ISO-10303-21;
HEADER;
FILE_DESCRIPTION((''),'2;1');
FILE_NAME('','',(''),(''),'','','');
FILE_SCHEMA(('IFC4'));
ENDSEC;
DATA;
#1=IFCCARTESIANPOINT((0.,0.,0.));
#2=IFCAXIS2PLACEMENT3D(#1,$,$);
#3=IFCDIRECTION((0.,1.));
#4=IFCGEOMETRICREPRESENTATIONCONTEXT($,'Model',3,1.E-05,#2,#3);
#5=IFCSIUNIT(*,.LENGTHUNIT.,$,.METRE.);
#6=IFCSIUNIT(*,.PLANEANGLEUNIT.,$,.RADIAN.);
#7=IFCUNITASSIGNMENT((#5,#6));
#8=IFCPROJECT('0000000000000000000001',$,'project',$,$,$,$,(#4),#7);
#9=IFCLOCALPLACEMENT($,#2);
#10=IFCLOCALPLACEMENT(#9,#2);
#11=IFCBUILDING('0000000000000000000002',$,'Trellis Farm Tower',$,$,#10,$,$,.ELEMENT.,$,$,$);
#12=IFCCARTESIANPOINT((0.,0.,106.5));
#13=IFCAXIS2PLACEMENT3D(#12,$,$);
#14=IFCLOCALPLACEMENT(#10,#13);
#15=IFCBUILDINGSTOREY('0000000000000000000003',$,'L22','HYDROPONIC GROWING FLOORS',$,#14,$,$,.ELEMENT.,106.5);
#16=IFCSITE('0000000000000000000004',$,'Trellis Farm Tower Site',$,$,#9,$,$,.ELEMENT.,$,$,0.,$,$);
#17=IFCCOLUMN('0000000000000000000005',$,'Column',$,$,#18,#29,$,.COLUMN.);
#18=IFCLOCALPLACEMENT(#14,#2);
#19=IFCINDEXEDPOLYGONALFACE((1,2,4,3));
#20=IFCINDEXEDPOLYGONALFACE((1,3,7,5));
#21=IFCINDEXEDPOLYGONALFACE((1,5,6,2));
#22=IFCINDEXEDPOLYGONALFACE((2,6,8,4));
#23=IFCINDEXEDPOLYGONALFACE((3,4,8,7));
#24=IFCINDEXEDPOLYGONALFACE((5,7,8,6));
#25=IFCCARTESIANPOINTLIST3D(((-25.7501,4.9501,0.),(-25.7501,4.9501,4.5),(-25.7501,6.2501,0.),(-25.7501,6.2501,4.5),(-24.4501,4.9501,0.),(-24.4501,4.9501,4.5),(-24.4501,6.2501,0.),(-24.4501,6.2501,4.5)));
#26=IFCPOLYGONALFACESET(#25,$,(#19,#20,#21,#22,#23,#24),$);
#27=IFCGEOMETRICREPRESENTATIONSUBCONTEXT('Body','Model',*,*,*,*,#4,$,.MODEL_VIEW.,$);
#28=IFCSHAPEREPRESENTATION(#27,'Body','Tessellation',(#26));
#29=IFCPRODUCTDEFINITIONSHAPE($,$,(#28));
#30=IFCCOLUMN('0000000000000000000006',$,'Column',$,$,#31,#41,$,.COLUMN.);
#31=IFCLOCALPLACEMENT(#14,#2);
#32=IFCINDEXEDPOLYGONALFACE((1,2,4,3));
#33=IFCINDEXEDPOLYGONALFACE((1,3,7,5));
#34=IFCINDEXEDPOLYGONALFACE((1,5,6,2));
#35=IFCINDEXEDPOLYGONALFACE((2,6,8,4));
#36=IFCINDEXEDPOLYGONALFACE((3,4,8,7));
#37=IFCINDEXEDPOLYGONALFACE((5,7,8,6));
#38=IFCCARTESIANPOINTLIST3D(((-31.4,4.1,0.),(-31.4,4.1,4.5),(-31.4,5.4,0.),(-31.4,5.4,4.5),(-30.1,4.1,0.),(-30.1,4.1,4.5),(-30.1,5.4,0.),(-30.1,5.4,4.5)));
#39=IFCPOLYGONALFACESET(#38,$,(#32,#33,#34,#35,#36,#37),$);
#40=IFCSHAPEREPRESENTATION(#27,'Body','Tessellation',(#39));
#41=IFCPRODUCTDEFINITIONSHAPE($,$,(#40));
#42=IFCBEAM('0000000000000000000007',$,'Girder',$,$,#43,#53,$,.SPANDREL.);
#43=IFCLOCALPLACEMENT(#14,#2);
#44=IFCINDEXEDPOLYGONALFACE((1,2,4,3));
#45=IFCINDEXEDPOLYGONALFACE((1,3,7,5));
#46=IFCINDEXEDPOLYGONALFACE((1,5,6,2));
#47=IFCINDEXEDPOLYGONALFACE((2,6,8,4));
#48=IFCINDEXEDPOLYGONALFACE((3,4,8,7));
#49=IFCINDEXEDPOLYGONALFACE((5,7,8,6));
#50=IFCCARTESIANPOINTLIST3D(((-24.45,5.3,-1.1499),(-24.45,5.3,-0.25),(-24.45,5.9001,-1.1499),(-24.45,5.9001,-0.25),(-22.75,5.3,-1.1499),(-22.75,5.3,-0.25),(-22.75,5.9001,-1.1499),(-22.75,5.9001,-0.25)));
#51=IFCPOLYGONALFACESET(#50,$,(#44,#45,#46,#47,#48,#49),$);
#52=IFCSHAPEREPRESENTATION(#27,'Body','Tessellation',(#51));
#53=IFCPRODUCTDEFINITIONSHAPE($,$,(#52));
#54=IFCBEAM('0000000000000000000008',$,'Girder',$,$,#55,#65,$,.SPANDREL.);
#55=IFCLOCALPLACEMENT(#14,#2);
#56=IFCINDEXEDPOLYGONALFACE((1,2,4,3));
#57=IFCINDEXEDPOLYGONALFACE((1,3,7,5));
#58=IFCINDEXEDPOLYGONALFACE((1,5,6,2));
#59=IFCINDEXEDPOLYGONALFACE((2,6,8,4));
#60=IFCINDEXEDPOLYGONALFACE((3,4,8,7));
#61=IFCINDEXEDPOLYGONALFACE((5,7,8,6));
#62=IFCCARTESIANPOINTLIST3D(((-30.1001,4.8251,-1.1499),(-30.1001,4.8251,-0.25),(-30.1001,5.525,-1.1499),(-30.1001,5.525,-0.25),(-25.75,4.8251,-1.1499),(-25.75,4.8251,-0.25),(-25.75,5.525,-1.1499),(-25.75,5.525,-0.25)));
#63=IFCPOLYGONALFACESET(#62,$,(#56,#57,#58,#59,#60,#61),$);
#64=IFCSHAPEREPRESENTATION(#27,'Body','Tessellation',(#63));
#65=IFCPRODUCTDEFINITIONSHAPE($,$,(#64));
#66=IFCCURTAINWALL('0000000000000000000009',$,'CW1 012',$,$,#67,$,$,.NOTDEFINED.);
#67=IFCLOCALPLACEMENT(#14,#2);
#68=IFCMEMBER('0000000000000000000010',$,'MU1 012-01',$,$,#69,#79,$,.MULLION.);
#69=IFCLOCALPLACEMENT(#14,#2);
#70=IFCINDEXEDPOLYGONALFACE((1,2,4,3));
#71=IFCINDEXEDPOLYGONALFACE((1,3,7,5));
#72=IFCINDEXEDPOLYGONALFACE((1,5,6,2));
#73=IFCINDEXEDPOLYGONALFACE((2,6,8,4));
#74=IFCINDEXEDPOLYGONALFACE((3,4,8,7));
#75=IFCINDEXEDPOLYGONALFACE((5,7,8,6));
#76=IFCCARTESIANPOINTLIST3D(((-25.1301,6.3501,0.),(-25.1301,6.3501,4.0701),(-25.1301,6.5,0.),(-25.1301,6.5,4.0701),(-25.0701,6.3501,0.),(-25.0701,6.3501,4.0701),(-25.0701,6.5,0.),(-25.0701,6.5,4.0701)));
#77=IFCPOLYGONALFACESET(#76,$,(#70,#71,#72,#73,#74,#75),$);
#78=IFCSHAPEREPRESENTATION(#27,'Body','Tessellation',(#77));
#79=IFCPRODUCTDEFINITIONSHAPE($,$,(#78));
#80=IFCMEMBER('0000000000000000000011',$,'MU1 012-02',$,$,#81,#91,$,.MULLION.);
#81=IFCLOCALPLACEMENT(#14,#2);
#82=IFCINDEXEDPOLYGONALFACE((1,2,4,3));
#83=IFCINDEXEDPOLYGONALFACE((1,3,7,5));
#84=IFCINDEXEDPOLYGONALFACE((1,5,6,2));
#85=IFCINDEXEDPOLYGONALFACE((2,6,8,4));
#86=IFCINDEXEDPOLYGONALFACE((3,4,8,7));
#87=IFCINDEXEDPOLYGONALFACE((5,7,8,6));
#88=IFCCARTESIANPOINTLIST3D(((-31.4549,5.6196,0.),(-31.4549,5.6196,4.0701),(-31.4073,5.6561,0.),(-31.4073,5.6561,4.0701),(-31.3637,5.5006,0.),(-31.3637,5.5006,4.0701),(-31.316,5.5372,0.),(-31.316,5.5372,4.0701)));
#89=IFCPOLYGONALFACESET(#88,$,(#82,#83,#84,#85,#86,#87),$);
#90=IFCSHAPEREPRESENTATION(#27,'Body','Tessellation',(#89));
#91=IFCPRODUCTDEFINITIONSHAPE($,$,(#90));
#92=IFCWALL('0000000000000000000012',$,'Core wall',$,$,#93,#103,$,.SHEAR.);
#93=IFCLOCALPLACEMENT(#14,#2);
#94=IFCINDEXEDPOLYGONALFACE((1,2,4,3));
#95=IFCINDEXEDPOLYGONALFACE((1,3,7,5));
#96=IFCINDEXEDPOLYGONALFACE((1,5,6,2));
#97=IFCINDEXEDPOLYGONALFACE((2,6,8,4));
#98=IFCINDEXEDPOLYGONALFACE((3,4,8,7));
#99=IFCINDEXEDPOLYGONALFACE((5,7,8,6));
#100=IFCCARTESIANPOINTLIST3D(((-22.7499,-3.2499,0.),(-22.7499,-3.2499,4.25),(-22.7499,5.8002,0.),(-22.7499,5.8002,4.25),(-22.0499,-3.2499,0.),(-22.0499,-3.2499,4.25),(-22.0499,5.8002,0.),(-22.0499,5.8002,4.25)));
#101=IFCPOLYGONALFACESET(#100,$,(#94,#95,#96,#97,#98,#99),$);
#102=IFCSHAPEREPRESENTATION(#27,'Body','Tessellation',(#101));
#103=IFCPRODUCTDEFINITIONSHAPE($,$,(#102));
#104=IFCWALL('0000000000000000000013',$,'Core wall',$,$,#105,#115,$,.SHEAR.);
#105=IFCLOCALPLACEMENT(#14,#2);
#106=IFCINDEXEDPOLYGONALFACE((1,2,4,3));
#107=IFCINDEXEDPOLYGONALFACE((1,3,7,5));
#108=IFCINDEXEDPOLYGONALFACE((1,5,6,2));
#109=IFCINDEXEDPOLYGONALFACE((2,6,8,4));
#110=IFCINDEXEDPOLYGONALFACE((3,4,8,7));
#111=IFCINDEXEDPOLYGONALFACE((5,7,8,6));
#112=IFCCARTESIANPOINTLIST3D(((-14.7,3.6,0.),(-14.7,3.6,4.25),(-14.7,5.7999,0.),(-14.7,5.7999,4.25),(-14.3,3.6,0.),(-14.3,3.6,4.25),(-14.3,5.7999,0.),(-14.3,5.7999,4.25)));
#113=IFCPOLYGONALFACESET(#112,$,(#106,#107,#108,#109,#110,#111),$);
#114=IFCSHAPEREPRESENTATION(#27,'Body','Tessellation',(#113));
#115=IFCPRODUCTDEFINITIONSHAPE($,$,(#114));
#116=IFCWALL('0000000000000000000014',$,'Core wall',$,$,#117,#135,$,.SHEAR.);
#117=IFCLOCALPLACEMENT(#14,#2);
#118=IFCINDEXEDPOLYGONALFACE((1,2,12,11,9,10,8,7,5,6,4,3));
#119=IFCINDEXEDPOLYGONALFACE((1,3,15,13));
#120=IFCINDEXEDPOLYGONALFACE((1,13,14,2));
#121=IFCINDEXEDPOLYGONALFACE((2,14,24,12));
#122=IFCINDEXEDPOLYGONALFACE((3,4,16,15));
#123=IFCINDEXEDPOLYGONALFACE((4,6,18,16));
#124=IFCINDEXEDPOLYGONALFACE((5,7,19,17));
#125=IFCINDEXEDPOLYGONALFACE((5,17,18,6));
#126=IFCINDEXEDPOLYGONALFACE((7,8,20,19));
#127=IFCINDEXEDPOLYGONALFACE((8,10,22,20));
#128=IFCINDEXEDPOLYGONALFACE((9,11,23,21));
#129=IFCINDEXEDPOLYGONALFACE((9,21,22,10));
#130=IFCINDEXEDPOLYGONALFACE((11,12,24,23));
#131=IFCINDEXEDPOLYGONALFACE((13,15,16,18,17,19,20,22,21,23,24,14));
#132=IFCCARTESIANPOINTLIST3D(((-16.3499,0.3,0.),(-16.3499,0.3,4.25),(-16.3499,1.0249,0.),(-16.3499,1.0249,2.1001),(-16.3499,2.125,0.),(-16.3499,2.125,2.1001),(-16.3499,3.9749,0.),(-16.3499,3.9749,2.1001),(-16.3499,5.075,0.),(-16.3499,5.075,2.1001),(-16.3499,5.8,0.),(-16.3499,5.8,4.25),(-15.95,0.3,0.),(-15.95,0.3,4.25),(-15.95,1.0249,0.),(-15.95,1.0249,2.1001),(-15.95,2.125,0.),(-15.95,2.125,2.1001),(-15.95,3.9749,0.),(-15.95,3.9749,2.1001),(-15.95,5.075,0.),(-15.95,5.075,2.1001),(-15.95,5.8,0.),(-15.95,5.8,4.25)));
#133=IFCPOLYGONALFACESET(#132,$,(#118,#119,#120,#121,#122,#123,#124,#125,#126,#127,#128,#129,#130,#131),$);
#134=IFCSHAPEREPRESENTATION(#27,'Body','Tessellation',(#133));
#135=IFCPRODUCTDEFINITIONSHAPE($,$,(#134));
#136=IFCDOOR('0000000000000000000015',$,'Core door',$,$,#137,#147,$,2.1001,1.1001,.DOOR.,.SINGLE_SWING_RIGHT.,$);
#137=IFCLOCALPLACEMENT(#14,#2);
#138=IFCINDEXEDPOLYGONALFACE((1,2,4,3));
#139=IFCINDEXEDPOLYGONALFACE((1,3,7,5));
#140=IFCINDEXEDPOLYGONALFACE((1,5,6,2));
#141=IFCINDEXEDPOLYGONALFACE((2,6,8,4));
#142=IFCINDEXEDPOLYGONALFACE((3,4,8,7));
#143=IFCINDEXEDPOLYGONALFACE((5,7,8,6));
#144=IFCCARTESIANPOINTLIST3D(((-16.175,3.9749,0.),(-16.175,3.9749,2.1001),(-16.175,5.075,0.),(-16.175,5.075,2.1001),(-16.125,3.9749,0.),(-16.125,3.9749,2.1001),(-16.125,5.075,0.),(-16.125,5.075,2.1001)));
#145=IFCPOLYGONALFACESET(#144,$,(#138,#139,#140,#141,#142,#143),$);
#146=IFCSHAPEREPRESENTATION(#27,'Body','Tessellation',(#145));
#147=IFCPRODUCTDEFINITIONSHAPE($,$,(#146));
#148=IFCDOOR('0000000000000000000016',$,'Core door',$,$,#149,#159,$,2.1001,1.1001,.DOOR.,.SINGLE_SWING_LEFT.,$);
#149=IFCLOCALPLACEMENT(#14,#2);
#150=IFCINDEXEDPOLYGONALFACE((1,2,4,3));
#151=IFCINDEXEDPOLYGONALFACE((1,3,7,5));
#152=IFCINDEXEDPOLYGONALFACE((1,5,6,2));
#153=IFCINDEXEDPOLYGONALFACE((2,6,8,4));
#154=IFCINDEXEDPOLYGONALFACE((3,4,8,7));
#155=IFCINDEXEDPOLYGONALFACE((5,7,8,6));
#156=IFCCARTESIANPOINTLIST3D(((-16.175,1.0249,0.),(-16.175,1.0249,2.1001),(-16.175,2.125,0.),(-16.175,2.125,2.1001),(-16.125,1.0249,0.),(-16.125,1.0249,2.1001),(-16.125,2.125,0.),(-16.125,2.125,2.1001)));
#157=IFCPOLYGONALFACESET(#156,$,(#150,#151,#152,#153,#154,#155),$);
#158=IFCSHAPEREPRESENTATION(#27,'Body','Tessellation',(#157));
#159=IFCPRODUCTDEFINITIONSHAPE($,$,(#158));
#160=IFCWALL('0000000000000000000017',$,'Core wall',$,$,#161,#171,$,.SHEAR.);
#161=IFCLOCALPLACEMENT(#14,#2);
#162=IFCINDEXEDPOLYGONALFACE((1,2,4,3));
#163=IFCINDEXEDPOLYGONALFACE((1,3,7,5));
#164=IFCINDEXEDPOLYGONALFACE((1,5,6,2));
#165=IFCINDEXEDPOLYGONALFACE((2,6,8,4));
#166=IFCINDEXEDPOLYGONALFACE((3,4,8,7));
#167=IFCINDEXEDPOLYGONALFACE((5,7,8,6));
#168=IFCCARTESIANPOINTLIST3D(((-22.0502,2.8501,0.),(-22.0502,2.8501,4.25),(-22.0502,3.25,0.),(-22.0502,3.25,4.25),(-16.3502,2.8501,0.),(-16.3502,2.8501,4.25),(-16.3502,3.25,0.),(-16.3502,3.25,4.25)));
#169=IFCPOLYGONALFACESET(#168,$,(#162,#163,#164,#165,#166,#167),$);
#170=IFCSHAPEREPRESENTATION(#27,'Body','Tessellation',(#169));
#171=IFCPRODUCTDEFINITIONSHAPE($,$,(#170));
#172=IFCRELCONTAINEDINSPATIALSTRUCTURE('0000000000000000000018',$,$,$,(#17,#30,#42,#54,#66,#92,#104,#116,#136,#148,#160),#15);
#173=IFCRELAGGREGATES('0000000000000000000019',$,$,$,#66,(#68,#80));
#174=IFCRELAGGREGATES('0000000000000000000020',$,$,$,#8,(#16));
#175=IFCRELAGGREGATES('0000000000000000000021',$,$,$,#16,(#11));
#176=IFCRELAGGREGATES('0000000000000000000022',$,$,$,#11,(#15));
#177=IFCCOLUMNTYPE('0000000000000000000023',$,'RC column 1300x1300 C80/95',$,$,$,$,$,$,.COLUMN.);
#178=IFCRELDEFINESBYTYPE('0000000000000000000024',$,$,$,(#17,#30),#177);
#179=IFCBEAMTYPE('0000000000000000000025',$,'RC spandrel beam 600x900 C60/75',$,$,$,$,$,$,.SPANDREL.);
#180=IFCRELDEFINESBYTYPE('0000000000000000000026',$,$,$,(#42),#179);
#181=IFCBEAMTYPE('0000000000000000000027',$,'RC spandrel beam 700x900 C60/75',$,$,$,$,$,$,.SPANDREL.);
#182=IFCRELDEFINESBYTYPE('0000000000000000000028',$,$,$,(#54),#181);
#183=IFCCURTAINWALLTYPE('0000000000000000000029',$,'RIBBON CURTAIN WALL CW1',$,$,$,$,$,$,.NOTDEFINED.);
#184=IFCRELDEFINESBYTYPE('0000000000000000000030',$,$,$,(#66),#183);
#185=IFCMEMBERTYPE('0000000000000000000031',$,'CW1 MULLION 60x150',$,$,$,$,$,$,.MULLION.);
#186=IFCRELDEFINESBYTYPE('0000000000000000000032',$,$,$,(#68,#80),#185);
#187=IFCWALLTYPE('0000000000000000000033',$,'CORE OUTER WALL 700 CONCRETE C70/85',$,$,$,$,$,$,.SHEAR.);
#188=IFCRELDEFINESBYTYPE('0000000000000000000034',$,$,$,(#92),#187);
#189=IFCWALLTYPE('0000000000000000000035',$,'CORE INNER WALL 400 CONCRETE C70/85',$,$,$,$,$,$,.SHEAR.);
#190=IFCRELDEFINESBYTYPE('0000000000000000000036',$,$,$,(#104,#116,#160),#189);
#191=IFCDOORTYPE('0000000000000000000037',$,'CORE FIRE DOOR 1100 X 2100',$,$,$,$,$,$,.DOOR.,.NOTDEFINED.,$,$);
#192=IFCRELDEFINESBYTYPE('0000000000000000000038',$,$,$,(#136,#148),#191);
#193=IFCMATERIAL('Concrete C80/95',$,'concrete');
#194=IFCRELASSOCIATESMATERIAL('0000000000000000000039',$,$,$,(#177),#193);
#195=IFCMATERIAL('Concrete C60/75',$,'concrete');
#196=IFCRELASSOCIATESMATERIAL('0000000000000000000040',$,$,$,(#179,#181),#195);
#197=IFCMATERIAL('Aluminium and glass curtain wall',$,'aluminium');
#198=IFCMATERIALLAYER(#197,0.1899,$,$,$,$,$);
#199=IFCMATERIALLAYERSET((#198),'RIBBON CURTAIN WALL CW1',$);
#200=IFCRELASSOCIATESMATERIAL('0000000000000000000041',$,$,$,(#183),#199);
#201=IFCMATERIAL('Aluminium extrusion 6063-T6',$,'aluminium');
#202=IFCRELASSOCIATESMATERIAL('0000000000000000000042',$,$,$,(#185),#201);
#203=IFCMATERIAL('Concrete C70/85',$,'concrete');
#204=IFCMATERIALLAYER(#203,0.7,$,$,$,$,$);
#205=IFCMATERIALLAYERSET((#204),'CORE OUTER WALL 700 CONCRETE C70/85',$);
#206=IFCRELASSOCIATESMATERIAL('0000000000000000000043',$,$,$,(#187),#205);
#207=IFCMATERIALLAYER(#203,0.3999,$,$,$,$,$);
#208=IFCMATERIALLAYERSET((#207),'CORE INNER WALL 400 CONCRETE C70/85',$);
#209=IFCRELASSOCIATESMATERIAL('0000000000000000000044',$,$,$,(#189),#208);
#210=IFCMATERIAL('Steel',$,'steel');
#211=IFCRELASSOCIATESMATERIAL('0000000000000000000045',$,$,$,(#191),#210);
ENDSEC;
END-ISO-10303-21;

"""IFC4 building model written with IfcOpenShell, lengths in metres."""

from ifc_helpers import new_model, si_unit, direction, frame, frame_2d, origin, origin_2d, place, context, subcontext, project, spatial, rectangle, extrude, source, transform, mapped, material, layer, layer_set, material_profile, profile_set, type_object, element, fill, aggregate, save


model = new_model("IFC4")

# Units and contexts
model_context = context("Model", 3, precision=1e-05, world=origin(), true_north=direction((0.0, 1.0)))
body_context = subcontext(model_context, "Body", "Model", "MODEL_VIEW")
ifc_project = project(units=[si_unit("LENGTHUNIT", "METRE"), si_unit("PLANEANGLEUNIT", "RADIAN")], contexts=[model_context])

# Site, building, storey
site_placement = place(None, origin())
site = spatial("IfcSite", under=ifc_project, at=site_placement, Name="Trellis Farm Tower Site", CompositionType="ELEMENT", RefElevation=0.0)
building_placement = place(site_placement, origin())
building = spatial("IfcBuilding", under=site, at=building_placement, Name="Trellis Farm Tower", CompositionType="ELEMENT")
storey_placement = place(building_placement, frame((0.0, 0.0, 106.5)))
storey = spatial("IfcBuildingStorey", under=building, at=storey_placement, Name="L22", Description="HYDROPONIC GROWING FLOORS", CompositionType="ELEMENT", Elevation=106.5)

# Columns
ifc_material_1 = material(Name="Concrete C80/95", Category="concrete")
ifc_material_profile_1 = material_profile(ifc_material_1, rectangle(XDim=1.3, YDim=1.3, at=origin_2d()), Name="RC column 1300x1300 C80/95")
ifc_profile_set_1 = profile_set([ifc_material_profile_1], Name="Concrete C80/95")
column_type = type_object("IfcColumnType", Name="RC column 1300x1300 C80/95", PredefinedType="COLUMN", material=ifc_profile_set_1)
shared_shape_1 = source(origin(), body_context, "Body", "SweptSolid", [
    extrude(rectangle(XDim=1.3, YDim=1.3, at=origin_2d()), origin(), (0.0, 0.0, 1.0), 4.5),
])
for number, where, z_axis, x_axis, name in (
    (1, (-25.1001, 5.6001, 0.0), (0.0, 0.0, 1.0), (1.0, 0.0, 0.0), "Column"),
    (2, (-30.75, 4.75, 0.0), (0.0, 0.0, 1.0), (1.0, 0.0, 0.0), "Column"),
):
    element("IfcColumn", number, at=place(storey_placement, frame(where, z_axis=z_axis, x_axis=x_axis)), inside=storey, type_object=column_type, Name=name, PredefinedType="COLUMN", context=body_context, shape_type="MappedRepresentation", body=[
        mapped(shared_shape_1, transform((0.0, 0.0, 0.0))),
    ])

# Beams
ifc_material_2 = material(Name="Concrete C60/75", Category="concrete")
ifc_material_profile_2 = material_profile(ifc_material_2, rectangle(XDim=0.6001, YDim=0.8999, at=origin_2d()), Name="RC spandrel beam 600x900 C60/75")
ifc_profile_set_2 = profile_set([ifc_material_profile_2], Name="Concrete C60/75")
beam_type_1 = type_object("IfcBeamType", Name="RC spandrel beam 600x900 C60/75", PredefinedType="SPANDREL", material=ifc_profile_set_2)
shared_shape_2 = source(origin(), body_context, "Body", "SweptSolid", [
    extrude(rectangle(XDim=0.6001, YDim=0.8999, at=origin_2d()), origin(), (0.0, 0.0, 1.0), 1.7),
])
beam_1_placement = place(storey_placement, frame((-24.45, 5.6001, -0.7), z_axis=(1.0, 0.0, 0.0), x_axis=(0.0, 1.0, 0.0)))
element("IfcBeam", 3, at=beam_1_placement, inside=storey, type_object=beam_type_1, Name="Girder", PredefinedType="SPANDREL", context=body_context, shape_type="MappedRepresentation", body=[
    mapped(shared_shape_2, transform((0.0, 0.0, 0.0))),
])
ifc_material_profile_3 = material_profile(ifc_material_2, rectangle(XDim=0.7, YDim=0.8999, at=origin_2d()), Name="RC spandrel beam 700x900 C60/75")
ifc_profile_set_3 = profile_set([ifc_material_profile_3], Name="Concrete C60/75")
beam_type_2 = type_object("IfcBeamType", Name="RC spandrel beam 700x900 C60/75", PredefinedType="SPANDREL", material=ifc_profile_set_3)
shared_shape_3 = source(origin(), body_context, "Body", "SweptSolid", [
    extrude(rectangle(XDim=0.7, YDim=0.8999, at=origin_2d()), origin(), (0.0, 0.0, 1.0), 4.3501),
])
beam_2_placement = place(storey_placement, frame((-30.1001, 5.175, -0.7), z_axis=(1.0, 0.0, 0.0), x_axis=(0.0, 1.0, 0.0)))
element("IfcBeam", 4, at=beam_2_placement, inside=storey, type_object=beam_type_2, Name="Girder", PredefinedType="SPANDREL", context=body_context, shape_type="MappedRepresentation", body=[
    mapped(shared_shape_3, transform((0.0, 0.0, 0.0))),
])

# Curtain wall, members
ifc_material_3 = material(Name="Aluminium and glass curtain wall", Category="aluminium")
ifc_layer_1 = layer(ifc_material_3, 0.1899)
ifc_layer_set_1 = layer_set([ifc_layer_1], Name="RIBBON CURTAIN WALL CW1")
curtain_wall_type = type_object("IfcCurtainWallType", Name="RIBBON CURTAIN WALL CW1", PredefinedType="NOTDEFINED", material=ifc_layer_set_1)
placement = place(storey_placement, origin())
curtain_wall = element("IfcCurtainWall", 5, at=placement, inside=storey, type_object=curtain_wall_type, Name="CW1 012", PredefinedType="NOTDEFINED")
ifc_material_4 = material(Name="Aluminium extrusion 6063-T6", Category="aluminium")
ifc_material_profile_4 = material_profile(ifc_material_4, rectangle(XDim=0.0601, YDim=0.1499, at=origin_2d()), Name="MULLION 60x150")
ifc_profile_set_4 = profile_set([ifc_material_profile_4], Name="Aluminium extrusion 6063-T6")
member_type = type_object("IfcMemberType", Name="CW1 MULLION 60x150", PredefinedType="MULLION", material=ifc_profile_set_4)
shared_shape_4 = source(origin(), body_context, "Body", "SweptSolid", [
    extrude(rectangle(XDim=0.0601, YDim=0.1499, at=origin_2d()), origin(), (0.0, 0.0, 1.0), 4.0701),
])
member_1_placement = place(storey_placement, frame((-25.1001, 6.425, 0.0), z_axis=(0.0, 0.0, 1.0), x_axis=(-1.0, 0.0, 0.0)))
member_1 = element("IfcMember", 6, at=member_1_placement, type_object=member_type, Name="MU1 012-01", PredefinedType="MULLION", context=body_context, shape_type="MappedRepresentation", body=[
    mapped(shared_shape_4, transform((0.0, 0.0, 0.0))),
])
member_2_placement = place(storey_placement, frame((-31.3855, 5.5784, 0.0), z_axis=(0.0, 0.0, 1.0), x_axis=(-0.793353, -0.608761, 0.0)))
member_2 = element("IfcMember", 7, at=member_2_placement, type_object=member_type, Name="MU1 012-02", PredefinedType="MULLION", context=body_context, shape_type="MappedRepresentation", body=[
    mapped(shared_shape_4, transform((0.0, 0.0, 0.0))),
])
aggregate(curtain_wall, [member_1, member_2])

# Walls
ifc_material_5 = material(Name="Concrete C70/85", Category="concrete")
ifc_layer_2 = layer(ifc_material_5, 0.7)
ifc_layer_set_2 = layer_set([ifc_layer_2], Name="CORE OUTER WALL 700 CONCRETE C70/85")
wall_type_1 = type_object("IfcWallType", Name="CORE OUTER WALL 700 CONCRETE C70/85", PredefinedType="SHEAR", material=ifc_layer_set_2)
shared_shape_5 = source(origin(), body_context, "Body", "SweptSolid", [
    extrude(rectangle(XDim=9.05, YDim=0.7, at=frame_2d((4.5249, 0.0))), origin(), (0.0, 0.0, 1.0), 4.25),
])
wall_1_placement = place(storey_placement, frame((-22.3999, 5.8, 0.0), z_axis=(0.0, 0.0, 1.0), x_axis=(0.0, -1.0, 0.0)))
element("IfcWall", 8, at=wall_1_placement, inside=storey, type_object=wall_type_1, Name="Core wall", PredefinedType="SHEAR", context=body_context, shape_type="MappedRepresentation", body=[
    mapped(shared_shape_5, transform((0.0, 0.0, 0.0))),
])
ifc_layer_3 = layer(ifc_material_5, 0.3999)
ifc_layer_set_3 = layer_set([ifc_layer_3], Name="CORE INNER WALL 400 CONCRETE C70/85")
wall_type_2 = type_object("IfcWallType", Name="CORE INNER WALL 400 CONCRETE C70/85", PredefinedType="SHEAR", material=ifc_layer_set_3)
shared_shape_6 = source(origin(), body_context, "Body", "SweptSolid", [
    extrude(rectangle(XDim=2.2, YDim=0.3999, at=frame_2d((1.1001, 0.0))), origin(), (0.0, 0.0, 1.0), 4.25),
])
wall_2_placement = place(storey_placement, frame((-14.5, 5.8, 0.0), z_axis=(0.0, 0.0, 1.0), x_axis=(0.0, -1.0, 0.0)))
element("IfcWall", 9, at=wall_2_placement, inside=storey, type_object=wall_type_2, Name="Core wall", PredefinedType="SHEAR", context=body_context, shape_type="MappedRepresentation", body=[
    mapped(shared_shape_6, transform((0.0, 0.0, 0.0))),
])

# Wall, openings, doors
shared_shape_7 = source(origin(), body_context, "Body", "SweptSolid", [
    extrude(rectangle(XDim=5.5, YDim=0.3999, at=frame_2d((2.75, 0.0))), origin(), (0.0, 0.0, 1.0), 4.25),
])
wall_3_placement = place(storey_placement, frame((-16.1499, 5.8, 0.0), z_axis=(0.0, 0.0, 1.0), x_axis=(0.0, -1.0, 0.0)))
wall_3 = element("IfcWall", 10, at=wall_3_placement, inside=storey, type_object=wall_type_2, Name="Core wall", PredefinedType="SHEAR", context=body_context, shape_type="MappedRepresentation", body=[
    mapped(shared_shape_7, transform((0.0, 0.0, 0.0))),
])
shared_shape_8 = source(origin(), body_context, "Body", "SweptSolid", [
    extrude(rectangle(XDim=1.1001, YDim=2.1001, at=frame_2d((0.55, 1.05))), frame((0.0, 0.21, 0.0), z_axis=(0.0, -1.0, 0.0), x_axis=(1.0, 0.0, 0.0)), (0.0, 0.0, 1.0), 0.4199),
])
opening_1_placement = place(wall_3_placement, frame((0.7251, 0.0, 0.0)))
opening_1 = element("IfcOpeningElement", 11, at=opening_1_placement, cuts=wall_3, PredefinedType="OPENING", context=body_context, shape_type="MappedRepresentation", body=[
    mapped(shared_shape_8, transform((0.0, 0.0, 0.0))),
])
opening_2_placement = place(wall_3_placement, frame((3.675, 0.0, 0.0)))
opening_2 = element("IfcOpeningElement", 12, at=opening_2_placement, cuts=wall_3, PredefinedType="OPENING", context=body_context, shape_type="MappedRepresentation", body=[
    mapped(shared_shape_8, transform((0.0, 0.0, 0.0))),
])
ifc_material_6 = material(Name="Steel", Category="steel")
door_type = type_object("IfcDoorType", Name="CORE FIRE DOOR 1100 X 2100", OperationType="NOTDEFINED", PredefinedType="DOOR", material=ifc_material_6)
shared_shape_9 = source(origin(), body_context, "Body", "SweptSolid", [
    extrude(rectangle(XDim=1.1001, YDim=2.1001, at=frame_2d((0.55, 1.05))), frame((0.0, 0.0249, 0.0), z_axis=(0.0, -1.0, 0.0), x_axis=(1.0, 0.0, 0.0)), (0.0, 0.0, 1.0), 0.05),
])
door_1_placement = place(opening_1_placement, origin())
door_1 = element("IfcDoor", 13, at=door_1_placement, inside=storey, type_object=door_type, Name="Core door", OperationType="SINGLE_SWING_RIGHT", OverallHeight=2.1001, OverallWidth=1.1001, PredefinedType="DOOR", context=body_context, shape_type="MappedRepresentation", body=[
    mapped(shared_shape_9, transform((0.0, 0.0, 0.0))),
])
fill(opening_1, door_1)
door_2_placement = place(opening_2_placement, origin())
door_2 = element("IfcDoor", 14, at=door_2_placement, inside=storey, type_object=door_type, Name="Core door", OperationType="SINGLE_SWING_LEFT", OverallHeight=2.1001, OverallWidth=1.1001, PredefinedType="DOOR", context=body_context, shape_type="MappedRepresentation", body=[
    mapped(shared_shape_9, transform((0.0, 0.0, 0.0))),
])
fill(opening_2, door_2)

# Wall
shared_shape_10 = source(origin(), body_context, "Body", "SweptSolid", [
    extrude(rectangle(XDim=5.7, YDim=0.3999, at=frame_2d((2.8501, 0.0))), origin(), (0.0, 0.0, 1.0), 4.25),
])
wall_4_placement = place(storey_placement, frame((-16.3501, 3.05, 0.0), z_axis=(0.0, 0.0, 1.0), x_axis=(-1.0, 0.0, 0.0)))
element("IfcWall", 15, at=wall_4_placement, inside=storey, type_object=wall_type_2, Name="Core wall", PredefinedType="SHEAR", context=body_context, shape_type="MappedRepresentation", body=[
    mapped(shared_shape_10, transform((0.0, 0.0, 0.0))),
])

save(model, "model.ifc")
